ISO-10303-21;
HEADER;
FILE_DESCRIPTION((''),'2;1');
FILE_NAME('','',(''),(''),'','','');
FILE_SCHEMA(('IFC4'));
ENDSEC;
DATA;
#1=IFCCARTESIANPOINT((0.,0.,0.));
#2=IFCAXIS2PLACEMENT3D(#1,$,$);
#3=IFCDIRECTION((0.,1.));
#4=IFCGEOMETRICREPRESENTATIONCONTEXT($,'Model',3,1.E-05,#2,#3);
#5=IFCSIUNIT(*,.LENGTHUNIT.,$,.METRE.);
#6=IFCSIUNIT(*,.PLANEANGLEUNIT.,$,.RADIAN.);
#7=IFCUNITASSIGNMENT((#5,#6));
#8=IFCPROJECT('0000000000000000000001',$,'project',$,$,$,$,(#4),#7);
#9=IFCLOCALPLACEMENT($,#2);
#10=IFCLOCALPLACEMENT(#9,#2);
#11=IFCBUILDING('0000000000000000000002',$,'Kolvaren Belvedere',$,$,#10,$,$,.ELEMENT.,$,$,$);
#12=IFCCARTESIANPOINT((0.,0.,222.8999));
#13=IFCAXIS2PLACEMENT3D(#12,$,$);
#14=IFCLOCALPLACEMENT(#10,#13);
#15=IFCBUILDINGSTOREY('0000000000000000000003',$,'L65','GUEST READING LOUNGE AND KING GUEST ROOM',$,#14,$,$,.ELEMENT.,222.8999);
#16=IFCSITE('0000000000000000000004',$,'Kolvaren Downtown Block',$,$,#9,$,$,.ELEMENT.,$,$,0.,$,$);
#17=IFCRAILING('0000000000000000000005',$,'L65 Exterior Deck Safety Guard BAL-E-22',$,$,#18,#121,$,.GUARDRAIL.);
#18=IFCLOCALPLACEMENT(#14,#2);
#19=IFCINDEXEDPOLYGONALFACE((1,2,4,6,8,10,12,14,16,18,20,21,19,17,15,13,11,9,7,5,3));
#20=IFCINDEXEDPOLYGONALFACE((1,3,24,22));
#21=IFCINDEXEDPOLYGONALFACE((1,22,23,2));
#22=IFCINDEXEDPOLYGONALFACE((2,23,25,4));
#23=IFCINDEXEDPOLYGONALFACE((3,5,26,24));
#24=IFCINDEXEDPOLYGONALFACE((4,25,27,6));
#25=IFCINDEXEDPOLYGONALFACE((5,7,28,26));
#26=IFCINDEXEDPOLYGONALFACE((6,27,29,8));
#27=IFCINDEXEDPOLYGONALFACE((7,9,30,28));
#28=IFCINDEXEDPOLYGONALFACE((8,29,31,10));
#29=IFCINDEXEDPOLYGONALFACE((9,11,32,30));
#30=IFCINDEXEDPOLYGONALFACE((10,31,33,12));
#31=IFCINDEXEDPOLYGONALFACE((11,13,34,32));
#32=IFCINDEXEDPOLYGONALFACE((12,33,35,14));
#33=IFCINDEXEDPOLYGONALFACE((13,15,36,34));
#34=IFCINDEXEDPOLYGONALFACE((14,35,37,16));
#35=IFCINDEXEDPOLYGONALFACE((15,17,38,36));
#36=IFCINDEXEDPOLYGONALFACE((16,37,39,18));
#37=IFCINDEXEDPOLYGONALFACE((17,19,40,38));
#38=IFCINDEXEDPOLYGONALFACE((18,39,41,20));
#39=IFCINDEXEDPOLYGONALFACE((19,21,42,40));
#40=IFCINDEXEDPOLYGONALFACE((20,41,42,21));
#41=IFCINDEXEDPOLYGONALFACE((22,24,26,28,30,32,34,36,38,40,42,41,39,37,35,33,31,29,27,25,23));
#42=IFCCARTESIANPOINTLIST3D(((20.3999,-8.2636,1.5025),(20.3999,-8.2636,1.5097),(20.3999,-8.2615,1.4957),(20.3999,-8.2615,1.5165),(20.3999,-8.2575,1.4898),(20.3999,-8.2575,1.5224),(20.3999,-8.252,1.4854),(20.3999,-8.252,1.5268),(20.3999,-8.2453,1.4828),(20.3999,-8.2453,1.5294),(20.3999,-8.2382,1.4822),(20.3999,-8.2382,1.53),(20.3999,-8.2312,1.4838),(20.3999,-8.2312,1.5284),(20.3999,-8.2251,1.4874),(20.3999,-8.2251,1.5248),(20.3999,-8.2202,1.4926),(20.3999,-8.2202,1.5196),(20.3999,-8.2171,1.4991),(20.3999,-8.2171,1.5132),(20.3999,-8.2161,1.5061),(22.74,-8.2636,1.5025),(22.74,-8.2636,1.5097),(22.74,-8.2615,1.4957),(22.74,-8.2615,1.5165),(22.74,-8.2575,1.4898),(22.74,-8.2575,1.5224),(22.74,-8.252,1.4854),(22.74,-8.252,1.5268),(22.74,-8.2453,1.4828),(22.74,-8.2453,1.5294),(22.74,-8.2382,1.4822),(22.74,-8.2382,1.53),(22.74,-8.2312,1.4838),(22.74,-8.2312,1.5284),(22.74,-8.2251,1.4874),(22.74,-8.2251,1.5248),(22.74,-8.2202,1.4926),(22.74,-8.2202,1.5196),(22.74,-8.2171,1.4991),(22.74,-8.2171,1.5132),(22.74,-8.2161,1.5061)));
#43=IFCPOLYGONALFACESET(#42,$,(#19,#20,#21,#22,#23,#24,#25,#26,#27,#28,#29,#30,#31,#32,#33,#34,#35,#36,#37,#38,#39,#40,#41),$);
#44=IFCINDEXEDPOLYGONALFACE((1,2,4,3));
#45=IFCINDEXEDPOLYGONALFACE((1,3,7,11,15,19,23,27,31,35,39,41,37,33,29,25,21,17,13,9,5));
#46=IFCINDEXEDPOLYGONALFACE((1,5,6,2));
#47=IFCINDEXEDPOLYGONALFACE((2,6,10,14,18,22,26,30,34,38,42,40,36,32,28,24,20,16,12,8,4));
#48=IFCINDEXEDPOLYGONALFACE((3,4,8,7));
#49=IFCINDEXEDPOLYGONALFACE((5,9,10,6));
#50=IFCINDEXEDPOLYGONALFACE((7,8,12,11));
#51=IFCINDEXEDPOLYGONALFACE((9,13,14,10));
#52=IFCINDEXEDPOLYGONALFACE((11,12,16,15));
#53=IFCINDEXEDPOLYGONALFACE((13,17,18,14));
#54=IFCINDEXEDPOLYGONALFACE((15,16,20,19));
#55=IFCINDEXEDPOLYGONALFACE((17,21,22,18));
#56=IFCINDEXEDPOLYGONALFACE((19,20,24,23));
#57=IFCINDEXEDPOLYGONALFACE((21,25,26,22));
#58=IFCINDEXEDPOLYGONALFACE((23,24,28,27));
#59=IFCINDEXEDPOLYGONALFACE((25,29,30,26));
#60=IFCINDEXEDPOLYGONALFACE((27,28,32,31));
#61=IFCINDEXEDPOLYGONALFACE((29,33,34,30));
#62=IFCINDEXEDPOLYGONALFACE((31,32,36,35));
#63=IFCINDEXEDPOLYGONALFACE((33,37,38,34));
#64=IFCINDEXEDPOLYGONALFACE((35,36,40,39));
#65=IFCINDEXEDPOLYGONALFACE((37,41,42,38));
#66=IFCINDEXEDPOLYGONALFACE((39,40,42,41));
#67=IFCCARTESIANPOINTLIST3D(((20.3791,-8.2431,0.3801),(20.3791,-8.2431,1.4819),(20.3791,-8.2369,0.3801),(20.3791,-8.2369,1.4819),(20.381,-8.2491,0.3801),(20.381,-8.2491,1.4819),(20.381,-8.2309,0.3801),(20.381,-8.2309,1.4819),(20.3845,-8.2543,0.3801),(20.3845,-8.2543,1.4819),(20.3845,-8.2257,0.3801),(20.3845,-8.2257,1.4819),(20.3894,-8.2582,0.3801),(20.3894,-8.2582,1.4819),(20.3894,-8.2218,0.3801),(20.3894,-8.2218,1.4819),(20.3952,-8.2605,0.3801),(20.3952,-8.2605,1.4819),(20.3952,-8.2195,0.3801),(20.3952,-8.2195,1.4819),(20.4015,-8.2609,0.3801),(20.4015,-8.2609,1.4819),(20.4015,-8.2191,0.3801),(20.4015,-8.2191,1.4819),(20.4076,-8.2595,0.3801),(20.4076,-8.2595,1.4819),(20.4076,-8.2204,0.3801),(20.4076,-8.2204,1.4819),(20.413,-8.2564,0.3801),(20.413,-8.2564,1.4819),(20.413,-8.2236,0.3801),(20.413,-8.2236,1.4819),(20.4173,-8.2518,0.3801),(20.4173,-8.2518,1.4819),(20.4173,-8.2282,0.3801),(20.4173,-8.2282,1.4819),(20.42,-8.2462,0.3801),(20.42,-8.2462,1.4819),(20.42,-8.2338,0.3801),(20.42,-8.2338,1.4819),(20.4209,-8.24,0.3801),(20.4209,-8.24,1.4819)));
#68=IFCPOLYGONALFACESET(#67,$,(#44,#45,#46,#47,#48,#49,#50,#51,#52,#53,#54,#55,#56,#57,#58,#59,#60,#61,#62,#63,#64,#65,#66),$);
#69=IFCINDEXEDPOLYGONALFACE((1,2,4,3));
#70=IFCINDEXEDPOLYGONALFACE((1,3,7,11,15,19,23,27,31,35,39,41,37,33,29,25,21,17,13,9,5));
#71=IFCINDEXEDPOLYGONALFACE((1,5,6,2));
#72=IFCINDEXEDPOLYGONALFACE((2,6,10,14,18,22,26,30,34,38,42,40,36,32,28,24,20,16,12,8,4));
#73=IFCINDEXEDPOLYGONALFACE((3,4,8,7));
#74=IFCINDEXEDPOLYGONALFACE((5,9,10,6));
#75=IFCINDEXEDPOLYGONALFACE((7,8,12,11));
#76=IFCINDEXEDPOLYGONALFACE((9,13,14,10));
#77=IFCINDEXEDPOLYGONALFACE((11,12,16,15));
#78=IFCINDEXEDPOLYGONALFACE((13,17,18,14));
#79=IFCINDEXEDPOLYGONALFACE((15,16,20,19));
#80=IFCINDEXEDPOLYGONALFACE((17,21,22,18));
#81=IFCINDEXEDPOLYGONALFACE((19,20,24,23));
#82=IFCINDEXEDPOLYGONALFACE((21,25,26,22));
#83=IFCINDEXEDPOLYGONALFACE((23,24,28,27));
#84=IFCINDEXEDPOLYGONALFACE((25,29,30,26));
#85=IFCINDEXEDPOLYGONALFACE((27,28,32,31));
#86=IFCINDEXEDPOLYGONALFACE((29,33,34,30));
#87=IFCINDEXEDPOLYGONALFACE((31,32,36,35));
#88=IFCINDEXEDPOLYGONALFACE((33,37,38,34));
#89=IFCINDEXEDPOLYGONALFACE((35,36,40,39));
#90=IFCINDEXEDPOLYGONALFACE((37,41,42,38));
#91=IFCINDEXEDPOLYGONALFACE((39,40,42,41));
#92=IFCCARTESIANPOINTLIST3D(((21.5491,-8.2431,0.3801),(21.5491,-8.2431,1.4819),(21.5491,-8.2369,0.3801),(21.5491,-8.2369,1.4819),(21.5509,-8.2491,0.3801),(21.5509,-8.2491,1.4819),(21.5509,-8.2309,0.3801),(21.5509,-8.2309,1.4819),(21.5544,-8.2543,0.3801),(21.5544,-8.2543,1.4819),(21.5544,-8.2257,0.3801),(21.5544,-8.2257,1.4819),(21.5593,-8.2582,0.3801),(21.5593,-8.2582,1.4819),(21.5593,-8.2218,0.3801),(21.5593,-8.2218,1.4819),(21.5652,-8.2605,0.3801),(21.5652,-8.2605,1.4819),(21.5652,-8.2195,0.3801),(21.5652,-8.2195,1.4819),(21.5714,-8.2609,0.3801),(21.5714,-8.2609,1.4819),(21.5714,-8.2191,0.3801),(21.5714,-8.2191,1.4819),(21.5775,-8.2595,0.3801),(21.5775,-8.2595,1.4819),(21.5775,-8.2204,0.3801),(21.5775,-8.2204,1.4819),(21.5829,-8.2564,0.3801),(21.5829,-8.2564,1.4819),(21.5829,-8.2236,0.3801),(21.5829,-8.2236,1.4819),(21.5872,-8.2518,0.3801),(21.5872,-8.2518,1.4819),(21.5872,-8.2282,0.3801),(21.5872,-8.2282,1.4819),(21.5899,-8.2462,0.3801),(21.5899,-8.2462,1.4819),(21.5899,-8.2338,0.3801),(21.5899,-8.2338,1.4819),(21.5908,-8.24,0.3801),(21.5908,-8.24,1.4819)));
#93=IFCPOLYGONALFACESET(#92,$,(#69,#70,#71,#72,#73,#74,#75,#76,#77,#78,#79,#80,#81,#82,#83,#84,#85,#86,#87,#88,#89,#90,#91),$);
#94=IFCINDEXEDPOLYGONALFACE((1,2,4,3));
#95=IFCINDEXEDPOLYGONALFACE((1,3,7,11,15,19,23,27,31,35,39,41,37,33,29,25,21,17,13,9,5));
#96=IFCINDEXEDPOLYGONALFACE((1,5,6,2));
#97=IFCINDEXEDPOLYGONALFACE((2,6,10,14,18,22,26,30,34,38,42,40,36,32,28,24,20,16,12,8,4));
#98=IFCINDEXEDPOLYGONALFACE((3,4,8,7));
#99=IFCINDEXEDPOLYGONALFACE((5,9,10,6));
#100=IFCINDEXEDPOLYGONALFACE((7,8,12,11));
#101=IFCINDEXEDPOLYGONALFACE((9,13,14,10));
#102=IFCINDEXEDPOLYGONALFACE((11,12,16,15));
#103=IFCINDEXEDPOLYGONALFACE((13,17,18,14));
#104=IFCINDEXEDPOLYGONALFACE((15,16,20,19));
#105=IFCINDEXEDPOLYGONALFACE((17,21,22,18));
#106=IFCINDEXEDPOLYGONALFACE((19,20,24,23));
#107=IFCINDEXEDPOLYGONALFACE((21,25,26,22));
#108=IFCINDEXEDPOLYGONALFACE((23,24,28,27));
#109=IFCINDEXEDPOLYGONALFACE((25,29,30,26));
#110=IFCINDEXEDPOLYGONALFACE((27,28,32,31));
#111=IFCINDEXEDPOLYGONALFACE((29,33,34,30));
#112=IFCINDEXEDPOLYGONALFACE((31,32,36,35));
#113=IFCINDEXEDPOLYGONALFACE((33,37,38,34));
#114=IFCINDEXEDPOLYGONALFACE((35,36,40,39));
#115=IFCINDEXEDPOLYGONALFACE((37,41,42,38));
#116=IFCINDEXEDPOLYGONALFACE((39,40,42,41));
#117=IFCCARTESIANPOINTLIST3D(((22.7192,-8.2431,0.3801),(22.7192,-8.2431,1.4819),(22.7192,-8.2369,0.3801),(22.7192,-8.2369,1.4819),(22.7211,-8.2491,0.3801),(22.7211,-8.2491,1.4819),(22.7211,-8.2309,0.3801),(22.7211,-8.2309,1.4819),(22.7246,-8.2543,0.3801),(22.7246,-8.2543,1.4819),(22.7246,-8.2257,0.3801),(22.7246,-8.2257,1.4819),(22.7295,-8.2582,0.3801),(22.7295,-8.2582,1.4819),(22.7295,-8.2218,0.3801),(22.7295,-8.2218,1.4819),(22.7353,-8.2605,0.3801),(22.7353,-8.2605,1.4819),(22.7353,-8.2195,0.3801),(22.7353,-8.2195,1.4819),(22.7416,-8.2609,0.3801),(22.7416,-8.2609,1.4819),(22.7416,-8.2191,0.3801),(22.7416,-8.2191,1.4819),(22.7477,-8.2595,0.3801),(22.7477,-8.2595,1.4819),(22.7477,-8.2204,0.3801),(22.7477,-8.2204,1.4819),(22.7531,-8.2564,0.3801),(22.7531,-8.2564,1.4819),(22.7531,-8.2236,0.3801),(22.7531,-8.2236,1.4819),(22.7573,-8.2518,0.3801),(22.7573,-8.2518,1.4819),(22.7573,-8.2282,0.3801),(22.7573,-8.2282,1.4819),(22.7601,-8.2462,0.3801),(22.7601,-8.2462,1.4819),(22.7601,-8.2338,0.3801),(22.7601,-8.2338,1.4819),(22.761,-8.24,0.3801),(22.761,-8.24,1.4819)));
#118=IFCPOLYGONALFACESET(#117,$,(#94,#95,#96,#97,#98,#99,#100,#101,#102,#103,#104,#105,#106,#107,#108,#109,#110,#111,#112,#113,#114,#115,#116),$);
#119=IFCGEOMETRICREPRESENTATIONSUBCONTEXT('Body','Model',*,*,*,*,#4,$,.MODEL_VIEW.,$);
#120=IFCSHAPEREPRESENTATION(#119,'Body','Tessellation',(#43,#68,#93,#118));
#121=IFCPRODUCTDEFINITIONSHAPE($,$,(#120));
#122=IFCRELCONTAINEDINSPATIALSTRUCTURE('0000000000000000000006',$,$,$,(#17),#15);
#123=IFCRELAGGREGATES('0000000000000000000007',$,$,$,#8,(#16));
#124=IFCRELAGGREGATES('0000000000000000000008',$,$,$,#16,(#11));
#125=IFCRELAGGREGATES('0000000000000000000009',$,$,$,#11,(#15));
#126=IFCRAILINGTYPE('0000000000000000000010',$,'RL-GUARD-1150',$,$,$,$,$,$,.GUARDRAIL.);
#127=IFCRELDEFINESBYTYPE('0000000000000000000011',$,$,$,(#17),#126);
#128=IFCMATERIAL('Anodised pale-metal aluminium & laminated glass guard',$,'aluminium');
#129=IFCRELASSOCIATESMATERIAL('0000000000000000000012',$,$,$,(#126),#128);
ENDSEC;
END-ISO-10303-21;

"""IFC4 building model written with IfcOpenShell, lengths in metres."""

from ifc_helpers import new_model, si_unit, direction, frame, origin, origin_2d, place, context, subcontext, project, spatial, circle, extrude, material, type_object, element, save


model = new_model("IFC4")

# Units and contexts
model_context = context("Model", 3, precision=1e-05, world=origin(), true_north=direction((0.0, 1.0)))
body_context = subcontext(model_context, "Body", "Model", "MODEL_VIEW")
ifc_project = project(units=[si_unit("LENGTHUNIT", "METRE"), si_unit("PLANEANGLEUNIT", "RADIAN")], contexts=[model_context])

# Site, building, storey
site_placement = place(None, origin())
site = spatial("IfcSite", under=ifc_project, at=site_placement, Name="Kolvaren Downtown Block", CompositionType="ELEMENT", RefElevation=0.0)
building_placement = place(site_placement, origin())
building = spatial("IfcBuilding", under=site, at=building_placement, Name="Kolvaren Belvedere", CompositionType="ELEMENT")
storey_placement = place(building_placement, frame((0.0, 0.0, 222.8999)))
storey = spatial("IfcBuildingStorey", under=building, at=storey_placement, Name="L65", Description="GUEST READING LOUNGE AND KING GUEST ROOM", CompositionType="ELEMENT", Elevation=222.8999)

# Railing
ifc_material_1 = material(Name="Anodised pale-metal aluminium & laminated glass guard", Category="aluminium")
railing_type = type_object("IfcRailingType", Name="RL-GUARD-1150", PredefinedType="GUARDRAIL", material=ifc_material_1)
railing_1_placement = place(storey_placement, frame((20.3999, -8.24, 0.3801)))
element("IfcRailing", 1, at=railing_1_placement, inside=storey, type_object=railing_type, Name="L65 Exterior Deck Safety Guard BAL-E-22", PredefinedType="GUARDRAIL", context=body_context, shape_type="SweptSolid", body=[
    extrude(circle(Radius=0.0239, at=origin_2d()), frame((0.0, 0.0, 1.126), z_axis=(1.0, 0.0, 0.0), x_axis=(0.0, 1.0, 0.0)), (0.0, 0.0, 1.0), 2.3401),
    extrude(circle(Radius=0.021, at=origin_2d()), origin(), (0.0, 0.0, 1.0), 1.1018),
    extrude(circle(Radius=0.021, at=origin_2d()), frame((1.1699, 0.0, 0.0)), (0.0, 0.0, 1.0), 1.1018),
    extrude(circle(Radius=0.021, at=origin_2d()), frame((2.3401, 0.0, 0.0)), (0.0, 0.0, 1.0), 1.1018),
])

save(model, "model.ifc")
